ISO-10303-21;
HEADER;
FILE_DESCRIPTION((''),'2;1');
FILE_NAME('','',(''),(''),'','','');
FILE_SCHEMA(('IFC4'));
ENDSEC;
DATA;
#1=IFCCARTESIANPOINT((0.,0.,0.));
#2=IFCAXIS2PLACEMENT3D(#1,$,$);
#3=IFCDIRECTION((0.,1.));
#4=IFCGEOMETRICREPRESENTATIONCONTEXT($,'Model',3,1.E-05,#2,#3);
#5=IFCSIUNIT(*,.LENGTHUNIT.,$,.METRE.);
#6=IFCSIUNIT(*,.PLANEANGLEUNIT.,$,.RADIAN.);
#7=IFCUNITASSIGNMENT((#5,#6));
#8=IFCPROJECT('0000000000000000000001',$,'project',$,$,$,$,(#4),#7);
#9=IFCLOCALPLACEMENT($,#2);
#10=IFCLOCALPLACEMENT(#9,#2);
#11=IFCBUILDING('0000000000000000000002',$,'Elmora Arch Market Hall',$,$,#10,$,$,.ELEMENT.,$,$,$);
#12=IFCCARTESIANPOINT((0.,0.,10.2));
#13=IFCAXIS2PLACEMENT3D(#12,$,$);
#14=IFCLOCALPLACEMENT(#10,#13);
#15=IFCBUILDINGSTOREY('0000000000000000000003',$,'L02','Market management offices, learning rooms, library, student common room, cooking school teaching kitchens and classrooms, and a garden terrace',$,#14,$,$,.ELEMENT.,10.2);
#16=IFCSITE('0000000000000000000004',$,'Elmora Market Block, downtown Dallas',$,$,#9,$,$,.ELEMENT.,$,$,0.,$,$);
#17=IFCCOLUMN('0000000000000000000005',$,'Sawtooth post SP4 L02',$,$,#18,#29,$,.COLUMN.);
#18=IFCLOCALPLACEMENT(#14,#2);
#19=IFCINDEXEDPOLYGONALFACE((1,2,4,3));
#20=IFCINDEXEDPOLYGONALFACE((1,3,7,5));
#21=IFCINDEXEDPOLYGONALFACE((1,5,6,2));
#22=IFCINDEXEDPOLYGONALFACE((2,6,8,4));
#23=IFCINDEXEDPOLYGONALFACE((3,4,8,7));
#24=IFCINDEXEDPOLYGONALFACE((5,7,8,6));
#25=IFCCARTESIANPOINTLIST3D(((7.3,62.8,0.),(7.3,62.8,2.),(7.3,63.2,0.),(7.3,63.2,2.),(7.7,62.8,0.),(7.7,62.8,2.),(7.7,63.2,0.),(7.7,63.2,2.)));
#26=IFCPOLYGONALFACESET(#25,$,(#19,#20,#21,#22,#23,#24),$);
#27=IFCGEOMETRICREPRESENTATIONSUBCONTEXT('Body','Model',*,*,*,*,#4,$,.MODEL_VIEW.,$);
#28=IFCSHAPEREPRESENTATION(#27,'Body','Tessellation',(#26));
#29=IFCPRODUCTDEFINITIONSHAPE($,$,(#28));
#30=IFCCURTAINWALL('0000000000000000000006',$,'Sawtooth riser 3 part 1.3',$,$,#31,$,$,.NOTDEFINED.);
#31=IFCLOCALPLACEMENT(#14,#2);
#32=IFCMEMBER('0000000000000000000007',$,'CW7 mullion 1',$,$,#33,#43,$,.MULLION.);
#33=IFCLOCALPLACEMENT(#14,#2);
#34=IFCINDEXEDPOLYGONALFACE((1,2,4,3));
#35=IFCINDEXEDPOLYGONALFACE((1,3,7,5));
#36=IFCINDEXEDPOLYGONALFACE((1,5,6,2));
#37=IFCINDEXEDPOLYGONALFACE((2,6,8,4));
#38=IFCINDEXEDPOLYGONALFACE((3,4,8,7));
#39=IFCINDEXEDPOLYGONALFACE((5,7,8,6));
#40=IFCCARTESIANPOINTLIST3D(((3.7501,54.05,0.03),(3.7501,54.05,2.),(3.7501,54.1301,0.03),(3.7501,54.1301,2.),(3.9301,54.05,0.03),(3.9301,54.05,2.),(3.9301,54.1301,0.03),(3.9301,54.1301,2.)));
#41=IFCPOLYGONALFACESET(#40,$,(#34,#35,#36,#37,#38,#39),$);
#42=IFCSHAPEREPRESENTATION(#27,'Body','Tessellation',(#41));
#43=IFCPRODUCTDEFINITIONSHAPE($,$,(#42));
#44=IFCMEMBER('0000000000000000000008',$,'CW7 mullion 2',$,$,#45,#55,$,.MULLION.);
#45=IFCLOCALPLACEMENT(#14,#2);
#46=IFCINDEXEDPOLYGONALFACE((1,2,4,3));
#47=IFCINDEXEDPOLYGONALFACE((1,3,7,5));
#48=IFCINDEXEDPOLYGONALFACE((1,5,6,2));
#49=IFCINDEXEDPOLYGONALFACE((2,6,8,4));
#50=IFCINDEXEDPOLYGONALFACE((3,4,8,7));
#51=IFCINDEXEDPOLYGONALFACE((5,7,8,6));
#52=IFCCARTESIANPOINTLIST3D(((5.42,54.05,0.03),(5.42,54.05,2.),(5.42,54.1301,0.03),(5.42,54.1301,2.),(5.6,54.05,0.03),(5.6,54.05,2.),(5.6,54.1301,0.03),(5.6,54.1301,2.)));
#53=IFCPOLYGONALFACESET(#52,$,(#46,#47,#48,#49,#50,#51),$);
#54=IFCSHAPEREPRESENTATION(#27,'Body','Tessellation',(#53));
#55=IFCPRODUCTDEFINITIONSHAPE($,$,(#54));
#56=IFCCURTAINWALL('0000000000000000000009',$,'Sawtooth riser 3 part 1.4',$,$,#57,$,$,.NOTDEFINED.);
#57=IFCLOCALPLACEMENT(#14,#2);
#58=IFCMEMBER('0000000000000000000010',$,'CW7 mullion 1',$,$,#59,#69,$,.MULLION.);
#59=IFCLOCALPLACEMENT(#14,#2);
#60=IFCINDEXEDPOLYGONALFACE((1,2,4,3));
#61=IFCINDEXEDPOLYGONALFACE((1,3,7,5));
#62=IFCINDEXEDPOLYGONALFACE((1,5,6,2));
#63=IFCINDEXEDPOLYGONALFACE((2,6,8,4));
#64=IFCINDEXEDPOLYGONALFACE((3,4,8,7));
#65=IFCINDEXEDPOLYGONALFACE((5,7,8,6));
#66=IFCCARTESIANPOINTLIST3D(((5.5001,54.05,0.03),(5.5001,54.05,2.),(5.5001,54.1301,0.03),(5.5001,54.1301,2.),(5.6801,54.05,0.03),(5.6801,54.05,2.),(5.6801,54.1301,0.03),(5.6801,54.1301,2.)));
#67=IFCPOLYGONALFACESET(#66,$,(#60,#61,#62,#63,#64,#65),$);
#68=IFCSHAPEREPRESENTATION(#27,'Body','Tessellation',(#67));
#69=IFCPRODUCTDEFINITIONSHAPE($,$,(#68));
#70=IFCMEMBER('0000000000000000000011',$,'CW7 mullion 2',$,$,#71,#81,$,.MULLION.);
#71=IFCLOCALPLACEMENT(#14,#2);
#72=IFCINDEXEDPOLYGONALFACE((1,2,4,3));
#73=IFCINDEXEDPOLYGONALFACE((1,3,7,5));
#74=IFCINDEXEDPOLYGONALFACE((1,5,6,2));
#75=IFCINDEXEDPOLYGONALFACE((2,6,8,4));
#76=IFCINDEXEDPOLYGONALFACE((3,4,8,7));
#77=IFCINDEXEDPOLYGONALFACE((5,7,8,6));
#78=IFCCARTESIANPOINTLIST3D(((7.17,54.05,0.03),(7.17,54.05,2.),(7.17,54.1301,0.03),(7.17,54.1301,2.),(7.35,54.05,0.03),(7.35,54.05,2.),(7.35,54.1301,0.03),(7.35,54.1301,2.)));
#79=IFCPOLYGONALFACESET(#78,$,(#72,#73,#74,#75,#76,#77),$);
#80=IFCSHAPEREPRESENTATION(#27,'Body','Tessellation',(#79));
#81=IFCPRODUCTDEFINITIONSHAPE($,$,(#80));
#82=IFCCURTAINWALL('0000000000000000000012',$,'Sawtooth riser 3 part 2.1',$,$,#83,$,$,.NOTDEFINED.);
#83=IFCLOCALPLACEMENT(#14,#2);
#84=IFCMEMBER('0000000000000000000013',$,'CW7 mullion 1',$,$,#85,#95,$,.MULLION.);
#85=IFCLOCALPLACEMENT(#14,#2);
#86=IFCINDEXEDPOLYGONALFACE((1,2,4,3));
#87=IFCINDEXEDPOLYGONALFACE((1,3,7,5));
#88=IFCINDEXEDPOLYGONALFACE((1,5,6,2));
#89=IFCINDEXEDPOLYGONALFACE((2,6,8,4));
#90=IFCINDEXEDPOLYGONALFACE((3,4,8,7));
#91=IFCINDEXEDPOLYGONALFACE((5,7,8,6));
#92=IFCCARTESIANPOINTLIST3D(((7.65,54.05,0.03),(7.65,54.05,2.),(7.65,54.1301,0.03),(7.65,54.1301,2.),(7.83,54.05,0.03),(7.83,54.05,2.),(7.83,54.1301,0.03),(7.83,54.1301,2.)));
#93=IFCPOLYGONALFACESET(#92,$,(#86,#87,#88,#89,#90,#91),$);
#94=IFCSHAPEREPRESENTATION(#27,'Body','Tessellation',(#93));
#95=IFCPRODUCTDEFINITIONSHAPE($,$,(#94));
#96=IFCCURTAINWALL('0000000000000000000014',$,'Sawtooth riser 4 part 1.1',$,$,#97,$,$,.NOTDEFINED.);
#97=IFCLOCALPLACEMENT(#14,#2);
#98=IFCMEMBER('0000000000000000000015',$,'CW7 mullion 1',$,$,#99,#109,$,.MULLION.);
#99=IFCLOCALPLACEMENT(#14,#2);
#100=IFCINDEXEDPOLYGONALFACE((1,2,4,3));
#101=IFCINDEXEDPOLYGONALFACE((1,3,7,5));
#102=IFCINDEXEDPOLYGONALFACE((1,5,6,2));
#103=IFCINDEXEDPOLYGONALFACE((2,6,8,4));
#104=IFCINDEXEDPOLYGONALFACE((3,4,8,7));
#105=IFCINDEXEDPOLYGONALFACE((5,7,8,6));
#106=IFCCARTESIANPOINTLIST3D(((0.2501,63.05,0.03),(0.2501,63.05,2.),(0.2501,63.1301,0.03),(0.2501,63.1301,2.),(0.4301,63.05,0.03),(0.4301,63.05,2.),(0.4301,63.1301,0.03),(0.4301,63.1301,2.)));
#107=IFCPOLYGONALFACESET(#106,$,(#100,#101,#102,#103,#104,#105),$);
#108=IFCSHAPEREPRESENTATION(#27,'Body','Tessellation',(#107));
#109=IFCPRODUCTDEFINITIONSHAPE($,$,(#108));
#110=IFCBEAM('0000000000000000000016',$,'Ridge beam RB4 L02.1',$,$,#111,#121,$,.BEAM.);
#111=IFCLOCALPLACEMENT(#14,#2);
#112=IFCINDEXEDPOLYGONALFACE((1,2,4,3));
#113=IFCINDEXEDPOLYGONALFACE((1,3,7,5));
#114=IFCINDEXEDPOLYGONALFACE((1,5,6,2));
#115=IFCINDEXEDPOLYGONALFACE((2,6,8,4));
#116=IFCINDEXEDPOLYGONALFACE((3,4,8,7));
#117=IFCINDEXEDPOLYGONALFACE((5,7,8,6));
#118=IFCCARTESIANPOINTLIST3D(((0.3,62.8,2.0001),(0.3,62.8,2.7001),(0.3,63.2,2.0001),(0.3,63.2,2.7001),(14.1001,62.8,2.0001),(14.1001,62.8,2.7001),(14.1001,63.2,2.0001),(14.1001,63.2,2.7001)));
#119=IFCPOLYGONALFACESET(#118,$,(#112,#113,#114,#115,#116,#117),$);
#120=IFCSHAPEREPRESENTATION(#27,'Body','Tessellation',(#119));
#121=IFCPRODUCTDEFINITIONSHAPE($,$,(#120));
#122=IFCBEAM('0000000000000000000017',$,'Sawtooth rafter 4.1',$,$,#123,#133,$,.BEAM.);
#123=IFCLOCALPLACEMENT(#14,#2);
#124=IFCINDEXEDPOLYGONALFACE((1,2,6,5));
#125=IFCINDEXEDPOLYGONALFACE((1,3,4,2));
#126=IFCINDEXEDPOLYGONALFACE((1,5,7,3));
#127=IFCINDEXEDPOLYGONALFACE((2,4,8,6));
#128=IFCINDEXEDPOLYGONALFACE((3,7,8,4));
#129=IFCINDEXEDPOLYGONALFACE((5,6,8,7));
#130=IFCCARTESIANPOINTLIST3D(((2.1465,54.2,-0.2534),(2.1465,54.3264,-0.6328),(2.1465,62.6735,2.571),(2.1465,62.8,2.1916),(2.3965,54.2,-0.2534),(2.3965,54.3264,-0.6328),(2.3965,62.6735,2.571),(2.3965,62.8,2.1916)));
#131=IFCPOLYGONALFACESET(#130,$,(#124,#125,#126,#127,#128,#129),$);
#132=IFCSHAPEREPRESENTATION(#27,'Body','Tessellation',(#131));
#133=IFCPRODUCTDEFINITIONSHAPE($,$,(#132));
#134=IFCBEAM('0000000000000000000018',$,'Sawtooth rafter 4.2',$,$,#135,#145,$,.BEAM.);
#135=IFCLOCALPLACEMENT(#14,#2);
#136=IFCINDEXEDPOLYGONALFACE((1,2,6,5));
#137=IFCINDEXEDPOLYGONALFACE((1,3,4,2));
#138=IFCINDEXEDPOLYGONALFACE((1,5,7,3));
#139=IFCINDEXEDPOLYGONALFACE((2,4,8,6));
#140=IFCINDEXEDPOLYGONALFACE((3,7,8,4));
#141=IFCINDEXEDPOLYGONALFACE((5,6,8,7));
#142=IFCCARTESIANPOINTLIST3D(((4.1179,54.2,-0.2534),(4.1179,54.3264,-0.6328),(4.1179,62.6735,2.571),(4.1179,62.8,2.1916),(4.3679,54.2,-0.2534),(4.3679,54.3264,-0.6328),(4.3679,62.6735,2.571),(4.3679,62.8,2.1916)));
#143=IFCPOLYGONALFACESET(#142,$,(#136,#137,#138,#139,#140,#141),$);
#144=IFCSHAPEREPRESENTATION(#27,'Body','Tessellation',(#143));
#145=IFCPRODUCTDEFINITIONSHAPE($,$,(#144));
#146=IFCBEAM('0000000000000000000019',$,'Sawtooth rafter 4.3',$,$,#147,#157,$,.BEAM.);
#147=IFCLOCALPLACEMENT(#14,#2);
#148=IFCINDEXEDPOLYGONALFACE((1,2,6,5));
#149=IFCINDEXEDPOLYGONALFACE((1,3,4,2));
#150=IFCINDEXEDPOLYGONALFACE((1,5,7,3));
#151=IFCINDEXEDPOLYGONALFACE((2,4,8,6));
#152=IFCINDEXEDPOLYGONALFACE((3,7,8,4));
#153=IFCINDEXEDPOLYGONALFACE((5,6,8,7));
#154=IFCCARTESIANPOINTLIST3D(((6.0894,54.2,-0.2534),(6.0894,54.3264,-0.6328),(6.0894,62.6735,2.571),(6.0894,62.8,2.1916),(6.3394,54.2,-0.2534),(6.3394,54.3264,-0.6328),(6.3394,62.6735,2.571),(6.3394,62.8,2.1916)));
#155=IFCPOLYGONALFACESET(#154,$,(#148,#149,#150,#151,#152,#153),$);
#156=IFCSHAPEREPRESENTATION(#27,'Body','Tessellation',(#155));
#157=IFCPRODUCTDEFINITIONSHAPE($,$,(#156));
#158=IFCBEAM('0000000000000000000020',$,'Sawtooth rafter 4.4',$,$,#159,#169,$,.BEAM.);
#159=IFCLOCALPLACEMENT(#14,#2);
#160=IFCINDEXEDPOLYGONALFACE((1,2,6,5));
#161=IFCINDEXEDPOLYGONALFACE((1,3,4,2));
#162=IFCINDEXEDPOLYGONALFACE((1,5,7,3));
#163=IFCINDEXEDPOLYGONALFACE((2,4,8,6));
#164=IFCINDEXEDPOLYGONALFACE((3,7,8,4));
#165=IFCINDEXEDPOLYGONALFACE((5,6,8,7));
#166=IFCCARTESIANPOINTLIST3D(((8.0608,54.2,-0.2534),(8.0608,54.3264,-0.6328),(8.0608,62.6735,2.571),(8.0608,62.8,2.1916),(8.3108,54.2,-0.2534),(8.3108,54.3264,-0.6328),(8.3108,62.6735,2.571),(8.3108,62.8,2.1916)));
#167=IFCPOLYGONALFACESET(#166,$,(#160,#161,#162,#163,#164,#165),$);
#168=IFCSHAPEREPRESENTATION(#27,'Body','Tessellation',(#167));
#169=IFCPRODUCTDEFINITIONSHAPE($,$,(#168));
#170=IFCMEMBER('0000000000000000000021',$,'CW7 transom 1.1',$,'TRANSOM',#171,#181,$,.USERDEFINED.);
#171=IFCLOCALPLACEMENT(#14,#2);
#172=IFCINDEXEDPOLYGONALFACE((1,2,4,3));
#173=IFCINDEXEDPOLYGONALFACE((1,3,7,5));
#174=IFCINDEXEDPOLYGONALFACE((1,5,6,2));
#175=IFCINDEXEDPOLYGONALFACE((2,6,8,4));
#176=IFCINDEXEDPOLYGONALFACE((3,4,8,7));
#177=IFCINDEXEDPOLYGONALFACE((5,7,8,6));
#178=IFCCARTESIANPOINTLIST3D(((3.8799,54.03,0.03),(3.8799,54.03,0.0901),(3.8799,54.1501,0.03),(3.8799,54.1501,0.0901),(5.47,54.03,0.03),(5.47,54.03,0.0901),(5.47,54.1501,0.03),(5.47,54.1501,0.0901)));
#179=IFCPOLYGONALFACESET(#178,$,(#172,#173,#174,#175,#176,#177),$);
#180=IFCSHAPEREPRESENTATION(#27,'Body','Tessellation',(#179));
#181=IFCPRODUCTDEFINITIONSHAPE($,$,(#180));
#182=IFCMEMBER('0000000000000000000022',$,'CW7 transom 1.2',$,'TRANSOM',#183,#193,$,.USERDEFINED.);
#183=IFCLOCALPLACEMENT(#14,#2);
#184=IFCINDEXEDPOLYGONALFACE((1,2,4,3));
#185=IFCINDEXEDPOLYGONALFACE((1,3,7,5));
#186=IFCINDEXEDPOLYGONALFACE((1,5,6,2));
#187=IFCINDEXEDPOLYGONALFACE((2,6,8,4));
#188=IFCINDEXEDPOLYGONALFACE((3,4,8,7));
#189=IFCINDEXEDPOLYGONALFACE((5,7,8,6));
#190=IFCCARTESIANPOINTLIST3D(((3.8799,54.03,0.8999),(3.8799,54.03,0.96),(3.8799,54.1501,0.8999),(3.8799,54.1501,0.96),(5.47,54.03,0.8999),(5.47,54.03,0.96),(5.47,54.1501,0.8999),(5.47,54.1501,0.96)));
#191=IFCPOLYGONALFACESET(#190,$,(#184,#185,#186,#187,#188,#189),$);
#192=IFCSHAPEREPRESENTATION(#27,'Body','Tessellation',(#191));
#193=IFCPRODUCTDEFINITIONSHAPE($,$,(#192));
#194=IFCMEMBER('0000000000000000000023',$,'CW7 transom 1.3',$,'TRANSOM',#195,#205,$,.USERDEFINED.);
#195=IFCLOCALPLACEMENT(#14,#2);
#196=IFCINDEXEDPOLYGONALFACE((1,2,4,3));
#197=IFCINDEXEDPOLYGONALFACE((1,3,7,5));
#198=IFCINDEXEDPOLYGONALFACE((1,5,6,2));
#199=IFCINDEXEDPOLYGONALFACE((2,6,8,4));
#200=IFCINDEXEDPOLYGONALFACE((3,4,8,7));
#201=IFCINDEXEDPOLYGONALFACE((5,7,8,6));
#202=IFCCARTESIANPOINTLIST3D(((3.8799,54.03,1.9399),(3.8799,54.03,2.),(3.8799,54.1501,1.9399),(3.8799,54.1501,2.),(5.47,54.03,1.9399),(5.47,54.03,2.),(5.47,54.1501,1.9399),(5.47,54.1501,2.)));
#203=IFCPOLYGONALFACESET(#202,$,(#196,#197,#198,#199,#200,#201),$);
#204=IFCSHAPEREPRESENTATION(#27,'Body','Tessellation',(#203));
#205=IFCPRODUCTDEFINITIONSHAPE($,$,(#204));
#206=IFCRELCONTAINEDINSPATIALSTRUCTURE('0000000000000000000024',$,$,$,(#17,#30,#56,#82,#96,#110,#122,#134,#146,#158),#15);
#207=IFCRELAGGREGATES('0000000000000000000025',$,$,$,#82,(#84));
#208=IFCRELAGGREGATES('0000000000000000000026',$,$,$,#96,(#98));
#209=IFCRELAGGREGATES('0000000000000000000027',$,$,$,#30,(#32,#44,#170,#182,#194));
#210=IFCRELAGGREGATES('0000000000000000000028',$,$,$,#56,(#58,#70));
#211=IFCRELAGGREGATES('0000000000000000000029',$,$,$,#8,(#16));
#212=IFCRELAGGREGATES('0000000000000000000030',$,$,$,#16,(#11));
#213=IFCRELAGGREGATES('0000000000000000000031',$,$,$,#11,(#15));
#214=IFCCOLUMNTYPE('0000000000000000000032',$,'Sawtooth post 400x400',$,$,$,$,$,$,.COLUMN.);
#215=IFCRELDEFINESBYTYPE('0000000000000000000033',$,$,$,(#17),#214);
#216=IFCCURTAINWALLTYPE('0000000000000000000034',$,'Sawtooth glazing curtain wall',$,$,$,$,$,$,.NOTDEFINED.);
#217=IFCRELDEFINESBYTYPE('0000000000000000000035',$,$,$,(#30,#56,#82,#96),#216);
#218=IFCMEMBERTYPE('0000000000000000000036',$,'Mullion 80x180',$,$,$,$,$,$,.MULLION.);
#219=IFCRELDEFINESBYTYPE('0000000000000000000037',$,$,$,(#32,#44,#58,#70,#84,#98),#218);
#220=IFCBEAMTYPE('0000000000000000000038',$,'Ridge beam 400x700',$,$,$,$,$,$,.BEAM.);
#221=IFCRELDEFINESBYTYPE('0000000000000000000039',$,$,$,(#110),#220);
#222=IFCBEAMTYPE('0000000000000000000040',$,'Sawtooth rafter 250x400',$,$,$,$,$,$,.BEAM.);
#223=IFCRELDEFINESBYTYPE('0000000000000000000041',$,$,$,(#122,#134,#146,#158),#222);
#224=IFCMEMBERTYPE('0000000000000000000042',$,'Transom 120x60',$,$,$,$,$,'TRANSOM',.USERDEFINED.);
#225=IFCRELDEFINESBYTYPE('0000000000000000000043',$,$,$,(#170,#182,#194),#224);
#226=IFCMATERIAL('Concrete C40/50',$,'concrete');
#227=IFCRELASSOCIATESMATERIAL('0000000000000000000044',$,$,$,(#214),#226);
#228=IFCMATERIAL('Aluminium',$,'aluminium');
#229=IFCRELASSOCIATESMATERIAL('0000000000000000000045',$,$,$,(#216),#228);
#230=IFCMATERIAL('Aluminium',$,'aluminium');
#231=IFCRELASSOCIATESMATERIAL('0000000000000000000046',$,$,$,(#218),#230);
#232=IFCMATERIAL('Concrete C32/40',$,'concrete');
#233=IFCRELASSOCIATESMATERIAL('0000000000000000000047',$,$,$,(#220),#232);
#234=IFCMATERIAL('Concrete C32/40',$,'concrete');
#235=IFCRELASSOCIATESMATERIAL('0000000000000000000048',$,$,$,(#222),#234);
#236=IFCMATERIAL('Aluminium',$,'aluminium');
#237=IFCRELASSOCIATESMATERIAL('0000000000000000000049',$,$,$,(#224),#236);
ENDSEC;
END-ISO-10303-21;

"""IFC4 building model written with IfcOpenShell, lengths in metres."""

from ifc_helpers import new_model, si_unit, direction, frame, origin, origin_2d, place, context, subcontext, project, spatial, rectangle, extrude, material, material_profile, profile_set, type_object, element, aggregate, save


model = new_model("IFC4")

# Units and contexts
model_context = context("Model", 3, precision=1e-05, world=origin(), true_north=direction((0.0, 1.0)))
body_context = subcontext(model_context, "Body", "Model", "MODEL_VIEW")
ifc_project = project(units=[si_unit("LENGTHUNIT", "METRE"), si_unit("PLANEANGLEUNIT", "RADIAN")], contexts=[model_context])

# Site, building, storey
site_placement = place(None, origin())
site = spatial("IfcSite", under=ifc_project, at=site_placement, Name="Elmora Market Block, downtown Dallas", CompositionType="ELEMENT", RefElevation=0.0)
building_placement = place(site_placement, origin())
building = spatial("IfcBuilding", under=site, at=building_placement, Name="Elmora Arch Market Hall", CompositionType="ELEMENT")
storey_placement = place(building_placement, frame((0.0, 0.0, 10.2)))
storey = spatial("IfcBuildingStorey", under=building, at=storey_placement, Name="L02", Description="Market management offices, learning rooms, library, student common room, cooking school teaching kitchens and classrooms, and a garden terrace", CompositionType="ELEMENT", Elevation=10.2)

# Column
ifc_material_1 = material(Name="Concrete C40/50", Category="concrete")
ifc_material_profile_1 = material_profile(ifc_material_1, rectangle(XDim=0.3999, YDim=0.3999, at=origin_2d()), Name="Sawtooth post 400x400")
ifc_profile_set_1 = profile_set([ifc_material_profile_1], Name="Concrete C40/50")
column_type = type_object("IfcColumnType", Name="Sawtooth post 400x400", PredefinedType="COLUMN", material=ifc_profile_set_1)
column_placement = place(storey_placement, frame((7.5, 63.0, 0.0), z_axis=(0.0, 0.0, 1.0), x_axis=(1.0, 0.0, 0.0)))
element("IfcColumn", 1, at=column_placement, inside=storey, type_object=column_type, Name="Sawtooth post SP4 L02", PredefinedType="COLUMN", context=body_context, shape_type="SweptSolid", body=[
    extrude(rectangle(XDim=0.3999, YDim=0.3999, at=origin_2d()), origin(), (0.0, 0.0, 1.0), 2.0),
])

# Curtain walls, members
ifc_material_2 = material(Name="Aluminium", Category="aluminium")
curtain_wall_type = type_object("IfcCurtainWallType", Name="Sawtooth glazing curtain wall", PredefinedType="NOTDEFINED", material=ifc_material_2)
curtain_wall_1_placement = place(storey_placement, origin())
curtain_wall_1 = element("IfcCurtainWall", 2, at=curtain_wall_1_placement, inside=storey, type_object=curtain_wall_type, Name="Sawtooth riser 3 part 1.3", PredefinedType="NOTDEFINED")
ifc_material_3 = material(Name="Aluminium", Category="aluminium")
ifc_material_profile_2 = material_profile(ifc_material_3, rectangle(XDim=0.0801, YDim=0.1799, at=origin_2d()), Name="AL 80x180")
ifc_profile_set_2 = profile_set([ifc_material_profile_2], Name="Aluminium")
member_type_1 = type_object("IfcMemberType", Name="Mullion 80x180", PredefinedType="MULLION", material=ifc_profile_set_2)
member_1_placement = place(storey_placement, frame((3.8401, 54.0901, 0.03), z_axis=(0.0, 0.0, 1.0), x_axis=(0.0, 1.0, 0.0)))
member_1 = element("IfcMember", 3, at=member_1_placement, type_object=member_type_1, Name="CW7 mullion 1", PredefinedType="MULLION", context=body_context, shape_type="SweptSolid", body=[
    extrude(rectangle(XDim=0.0801, YDim=0.1799, at=origin_2d()), origin(), (0.0, 0.0, 1.0), 1.97),
])
member_2_placement = place(storey_placement, frame((5.51, 54.0901, 0.03), z_axis=(0.0, 0.0, 1.0), x_axis=(0.0, 1.0, 0.0)))
member_2 = element("IfcMember", 4, at=member_2_placement, type_object=member_type_1, Name="CW7 mullion 2", PredefinedType="MULLION", context=body_context, shape_type="SweptSolid", body=[
    extrude(rectangle(XDim=0.0801, YDim=0.1799, at=origin_2d()), origin(), (0.0, 0.0, 1.0), 1.97),
])
curtain_wall_2_placement = place(storey_placement, origin())
curtain_wall_2 = element("IfcCurtainWall", 5, at=curtain_wall_2_placement, inside=storey, type_object=curtain_wall_type, Name="Sawtooth riser 3 part 1.4", PredefinedType="NOTDEFINED")
member_3_placement = place(storey_placement, frame((5.5901, 54.0901, 0.03), z_axis=(0.0, 0.0, 1.0), x_axis=(0.0, 1.0, 0.0)))
member_3 = element("IfcMember", 6, at=member_3_placement, type_object=member_type_1, Name="CW7 mullion 1", PredefinedType="MULLION", context=body_context, shape_type="SweptSolid", body=[
    extrude(rectangle(XDim=0.0801, YDim=0.1799, at=origin_2d()), origin(), (0.0, 0.0, 1.0), 1.97),
])
member_4_placement = place(storey_placement, frame((7.26, 54.0901, 0.03), z_axis=(0.0, 0.0, 1.0), x_axis=(0.0, 1.0, 0.0)))
member_4 = element("IfcMember", 7, at=member_4_placement, type_object=member_type_1, Name="CW7 mullion 2", PredefinedType="MULLION", context=body_context, shape_type="SweptSolid", body=[
    extrude(rectangle(XDim=0.0801, YDim=0.1799, at=origin_2d()), origin(), (0.0, 0.0, 1.0), 1.97),
])

# Curtain walls, members
curtain_wall_3_placement = place(storey_placement, origin())
curtain_wall_3 = element("IfcCurtainWall", 8, at=curtain_wall_3_placement, inside=storey, type_object=curtain_wall_type, Name="Sawtooth riser 3 part 2.1", PredefinedType="NOTDEFINED")
member_5_placement = place(storey_placement, frame((7.74, 54.0901, 0.03), z_axis=(0.0, 0.0, 1.0), x_axis=(0.0, 1.0, 0.0)))
member_5 = element("IfcMember", 9, at=member_5_placement, type_object=member_type_1, Name="CW7 mullion 1", PredefinedType="MULLION", context=body_context, shape_type="SweptSolid", body=[
    extrude(rectangle(XDim=0.0801, YDim=0.1799, at=origin_2d()), origin(), (0.0, 0.0, 1.0), 1.97),
])
curtain_wall_4_placement = place(storey_placement, origin())
curtain_wall_4 = element("IfcCurtainWall", 10, at=curtain_wall_4_placement, inside=storey, type_object=curtain_wall_type, Name="Sawtooth riser 4 part 1.1", PredefinedType="NOTDEFINED")
member_6_placement = place(storey_placement, frame((0.3401, 63.0901, 0.03), z_axis=(0.0, 0.0, 1.0), x_axis=(0.0, 1.0, 0.0)))
member_6 = element("IfcMember", 11, at=member_6_placement, type_object=member_type_1, Name="CW7 mullion 1", PredefinedType="MULLION", context=body_context, shape_type="SweptSolid", body=[
    extrude(rectangle(XDim=0.0801, YDim=0.1799, at=origin_2d()), origin(), (0.0, 0.0, 1.0), 1.97),
])

# Beams
ifc_material_4 = material(Name="Concrete C32/40", Category="concrete")
ifc_material_profile_3 = material_profile(ifc_material_4, rectangle(XDim=0.3999, YDim=0.7, at=origin_2d()), Name="Ridge beam 400x700")
ifc_profile_set_3 = profile_set([ifc_material_profile_3], Name="Concrete C32/40")
beam_type_1 = type_object("IfcBeamType", Name="Ridge beam 400x700", PredefinedType="BEAM", material=ifc_profile_set_3)
beam_placement = place(storey_placement, frame((0.3, 63.0, 2.3501), z_axis=(1.0, 0.0, 0.0), x_axis=(0.0, 1.0, 0.0)))
element("IfcBeam", 12, at=beam_placement, inside=storey, type_object=beam_type_1, Name="Ridge beam RB4 L02.1", PredefinedType="BEAM", context=body_context, shape_type="SweptSolid", body=[
    extrude(rectangle(XDim=0.3999, YDim=0.7, at=origin_2d()), origin(), (0.0, 0.0, 1.0), 13.8),
])
ifc_material_5 = material(Name="Concrete C32/40", Category="concrete")
ifc_material_profile_4 = material_profile(ifc_material_5, rectangle(XDim=0.25, YDim=0.3999, at=origin_2d()), Name="Sawtooth rafter 250x400")
ifc_profile_set_4 = profile_set([ifc_material_profile_4], Name="Concrete C32/40")
beam_type_2 = type_object("IfcBeamType", Name="Sawtooth rafter 250x400", PredefinedType="BEAM", material=ifc_profile_set_4)
for number, where, z_axis, x_axis, name in (
    (13, (2.2715, 54.2632, -0.4431), (0.0, 0.948686, 0.31622), (-1.0, 0.0, 0.0), "Sawtooth rafter 4.1"),
    (14, (4.2429, 54.2632, -0.4431), (0.0, 0.948686, 0.31622), (-1.0, 0.0, 0.0), "Sawtooth rafter 4.2"),
    (15, (6.2144, 54.2632, -0.4431), (0.0, 0.948686, 0.31622), (-1.0, 0.0, 0.0), "Sawtooth rafter 4.3"),
    (16, (8.1858, 54.2632, -0.4431), (0.0, 0.948686, 0.31622), (-1.0, 0.0, 0.0), "Sawtooth rafter 4.4"),
):
    element("IfcBeam", number, at=place(storey_placement, frame(where, z_axis=z_axis, x_axis=x_axis)), inside=storey, type_object=beam_type_2, Name=name, PredefinedType="BEAM", context=body_context, shape_type="SweptSolid", body=[
        extrude(rectangle(XDim=0.25, YDim=0.3999, at=origin_2d()), origin(), (0.0, 0.0, 1.0), 8.9319),
    ])

# Members
ifc_material_6 = material(Name="Aluminium", Category="aluminium")
ifc_material_profile_5 = material_profile(ifc_material_6, rectangle(XDim=0.1201, YDim=0.0601, at=origin_2d()), Name="AL 120x60")
ifc_profile_set_5 = profile_set([ifc_material_profile_5], Name="Aluminium")
member_type_2 = type_object("IfcMemberType", Name="Transom 120x60", ElementType="TRANSOM", PredefinedType="USERDEFINED", material=ifc_profile_set_5)
member_7_placement = place(storey_placement, frame((3.8799, 54.0901, 0.0601), z_axis=(1.0, 0.0, 0.0), x_axis=(0.0, 1.0, 0.0)))
member_7 = element("IfcMember", 17, at=member_7_placement, type_object=member_type_2, Name="CW7 transom 1.1", ObjectType="TRANSOM", PredefinedType="USERDEFINED", context=body_context, shape_type="SweptSolid", body=[
    extrude(rectangle(XDim=0.1201, YDim=0.0601, at=origin_2d()), origin(), (0.0, 0.0, 1.0), 1.5901),
])
member_8_placement = place(storey_placement, frame((3.8799, 54.0901, 0.9299), z_axis=(1.0, 0.0, 0.0), x_axis=(0.0, 1.0, 0.0)))
member_8 = element("IfcMember", 18, at=member_8_placement, type_object=member_type_2, Name="CW7 transom 1.2", ObjectType="TRANSOM", PredefinedType="USERDEFINED", context=body_context, shape_type="SweptSolid", body=[
    extrude(rectangle(XDim=0.1201, YDim=0.0601, at=origin_2d()), origin(), (0.0, 0.0, 1.0), 1.5901),
])
member_9_placement = place(storey_placement, frame((3.8799, 54.0901, 1.97), z_axis=(1.0, 0.0, 0.0), x_axis=(0.0, 1.0, 0.0)))
member_9 = element("IfcMember", 19, at=member_9_placement, type_object=member_type_2, Name="CW7 transom 1.3", ObjectType="TRANSOM", PredefinedType="USERDEFINED", context=body_context, shape_type="SweptSolid", body=[
    extrude(rectangle(XDim=0.1201, YDim=0.0601, at=origin_2d()), origin(), (0.0, 0.0, 1.0), 1.5901),
])
aggregate(curtain_wall_3, [member_5])
aggregate(curtain_wall_4, [member_6])

aggregate(curtain_wall_1, [member_1, member_2, member_7, member_8, member_9])
aggregate(curtain_wall_2, [member_3, member_4])

save(model, "model.ifc")
